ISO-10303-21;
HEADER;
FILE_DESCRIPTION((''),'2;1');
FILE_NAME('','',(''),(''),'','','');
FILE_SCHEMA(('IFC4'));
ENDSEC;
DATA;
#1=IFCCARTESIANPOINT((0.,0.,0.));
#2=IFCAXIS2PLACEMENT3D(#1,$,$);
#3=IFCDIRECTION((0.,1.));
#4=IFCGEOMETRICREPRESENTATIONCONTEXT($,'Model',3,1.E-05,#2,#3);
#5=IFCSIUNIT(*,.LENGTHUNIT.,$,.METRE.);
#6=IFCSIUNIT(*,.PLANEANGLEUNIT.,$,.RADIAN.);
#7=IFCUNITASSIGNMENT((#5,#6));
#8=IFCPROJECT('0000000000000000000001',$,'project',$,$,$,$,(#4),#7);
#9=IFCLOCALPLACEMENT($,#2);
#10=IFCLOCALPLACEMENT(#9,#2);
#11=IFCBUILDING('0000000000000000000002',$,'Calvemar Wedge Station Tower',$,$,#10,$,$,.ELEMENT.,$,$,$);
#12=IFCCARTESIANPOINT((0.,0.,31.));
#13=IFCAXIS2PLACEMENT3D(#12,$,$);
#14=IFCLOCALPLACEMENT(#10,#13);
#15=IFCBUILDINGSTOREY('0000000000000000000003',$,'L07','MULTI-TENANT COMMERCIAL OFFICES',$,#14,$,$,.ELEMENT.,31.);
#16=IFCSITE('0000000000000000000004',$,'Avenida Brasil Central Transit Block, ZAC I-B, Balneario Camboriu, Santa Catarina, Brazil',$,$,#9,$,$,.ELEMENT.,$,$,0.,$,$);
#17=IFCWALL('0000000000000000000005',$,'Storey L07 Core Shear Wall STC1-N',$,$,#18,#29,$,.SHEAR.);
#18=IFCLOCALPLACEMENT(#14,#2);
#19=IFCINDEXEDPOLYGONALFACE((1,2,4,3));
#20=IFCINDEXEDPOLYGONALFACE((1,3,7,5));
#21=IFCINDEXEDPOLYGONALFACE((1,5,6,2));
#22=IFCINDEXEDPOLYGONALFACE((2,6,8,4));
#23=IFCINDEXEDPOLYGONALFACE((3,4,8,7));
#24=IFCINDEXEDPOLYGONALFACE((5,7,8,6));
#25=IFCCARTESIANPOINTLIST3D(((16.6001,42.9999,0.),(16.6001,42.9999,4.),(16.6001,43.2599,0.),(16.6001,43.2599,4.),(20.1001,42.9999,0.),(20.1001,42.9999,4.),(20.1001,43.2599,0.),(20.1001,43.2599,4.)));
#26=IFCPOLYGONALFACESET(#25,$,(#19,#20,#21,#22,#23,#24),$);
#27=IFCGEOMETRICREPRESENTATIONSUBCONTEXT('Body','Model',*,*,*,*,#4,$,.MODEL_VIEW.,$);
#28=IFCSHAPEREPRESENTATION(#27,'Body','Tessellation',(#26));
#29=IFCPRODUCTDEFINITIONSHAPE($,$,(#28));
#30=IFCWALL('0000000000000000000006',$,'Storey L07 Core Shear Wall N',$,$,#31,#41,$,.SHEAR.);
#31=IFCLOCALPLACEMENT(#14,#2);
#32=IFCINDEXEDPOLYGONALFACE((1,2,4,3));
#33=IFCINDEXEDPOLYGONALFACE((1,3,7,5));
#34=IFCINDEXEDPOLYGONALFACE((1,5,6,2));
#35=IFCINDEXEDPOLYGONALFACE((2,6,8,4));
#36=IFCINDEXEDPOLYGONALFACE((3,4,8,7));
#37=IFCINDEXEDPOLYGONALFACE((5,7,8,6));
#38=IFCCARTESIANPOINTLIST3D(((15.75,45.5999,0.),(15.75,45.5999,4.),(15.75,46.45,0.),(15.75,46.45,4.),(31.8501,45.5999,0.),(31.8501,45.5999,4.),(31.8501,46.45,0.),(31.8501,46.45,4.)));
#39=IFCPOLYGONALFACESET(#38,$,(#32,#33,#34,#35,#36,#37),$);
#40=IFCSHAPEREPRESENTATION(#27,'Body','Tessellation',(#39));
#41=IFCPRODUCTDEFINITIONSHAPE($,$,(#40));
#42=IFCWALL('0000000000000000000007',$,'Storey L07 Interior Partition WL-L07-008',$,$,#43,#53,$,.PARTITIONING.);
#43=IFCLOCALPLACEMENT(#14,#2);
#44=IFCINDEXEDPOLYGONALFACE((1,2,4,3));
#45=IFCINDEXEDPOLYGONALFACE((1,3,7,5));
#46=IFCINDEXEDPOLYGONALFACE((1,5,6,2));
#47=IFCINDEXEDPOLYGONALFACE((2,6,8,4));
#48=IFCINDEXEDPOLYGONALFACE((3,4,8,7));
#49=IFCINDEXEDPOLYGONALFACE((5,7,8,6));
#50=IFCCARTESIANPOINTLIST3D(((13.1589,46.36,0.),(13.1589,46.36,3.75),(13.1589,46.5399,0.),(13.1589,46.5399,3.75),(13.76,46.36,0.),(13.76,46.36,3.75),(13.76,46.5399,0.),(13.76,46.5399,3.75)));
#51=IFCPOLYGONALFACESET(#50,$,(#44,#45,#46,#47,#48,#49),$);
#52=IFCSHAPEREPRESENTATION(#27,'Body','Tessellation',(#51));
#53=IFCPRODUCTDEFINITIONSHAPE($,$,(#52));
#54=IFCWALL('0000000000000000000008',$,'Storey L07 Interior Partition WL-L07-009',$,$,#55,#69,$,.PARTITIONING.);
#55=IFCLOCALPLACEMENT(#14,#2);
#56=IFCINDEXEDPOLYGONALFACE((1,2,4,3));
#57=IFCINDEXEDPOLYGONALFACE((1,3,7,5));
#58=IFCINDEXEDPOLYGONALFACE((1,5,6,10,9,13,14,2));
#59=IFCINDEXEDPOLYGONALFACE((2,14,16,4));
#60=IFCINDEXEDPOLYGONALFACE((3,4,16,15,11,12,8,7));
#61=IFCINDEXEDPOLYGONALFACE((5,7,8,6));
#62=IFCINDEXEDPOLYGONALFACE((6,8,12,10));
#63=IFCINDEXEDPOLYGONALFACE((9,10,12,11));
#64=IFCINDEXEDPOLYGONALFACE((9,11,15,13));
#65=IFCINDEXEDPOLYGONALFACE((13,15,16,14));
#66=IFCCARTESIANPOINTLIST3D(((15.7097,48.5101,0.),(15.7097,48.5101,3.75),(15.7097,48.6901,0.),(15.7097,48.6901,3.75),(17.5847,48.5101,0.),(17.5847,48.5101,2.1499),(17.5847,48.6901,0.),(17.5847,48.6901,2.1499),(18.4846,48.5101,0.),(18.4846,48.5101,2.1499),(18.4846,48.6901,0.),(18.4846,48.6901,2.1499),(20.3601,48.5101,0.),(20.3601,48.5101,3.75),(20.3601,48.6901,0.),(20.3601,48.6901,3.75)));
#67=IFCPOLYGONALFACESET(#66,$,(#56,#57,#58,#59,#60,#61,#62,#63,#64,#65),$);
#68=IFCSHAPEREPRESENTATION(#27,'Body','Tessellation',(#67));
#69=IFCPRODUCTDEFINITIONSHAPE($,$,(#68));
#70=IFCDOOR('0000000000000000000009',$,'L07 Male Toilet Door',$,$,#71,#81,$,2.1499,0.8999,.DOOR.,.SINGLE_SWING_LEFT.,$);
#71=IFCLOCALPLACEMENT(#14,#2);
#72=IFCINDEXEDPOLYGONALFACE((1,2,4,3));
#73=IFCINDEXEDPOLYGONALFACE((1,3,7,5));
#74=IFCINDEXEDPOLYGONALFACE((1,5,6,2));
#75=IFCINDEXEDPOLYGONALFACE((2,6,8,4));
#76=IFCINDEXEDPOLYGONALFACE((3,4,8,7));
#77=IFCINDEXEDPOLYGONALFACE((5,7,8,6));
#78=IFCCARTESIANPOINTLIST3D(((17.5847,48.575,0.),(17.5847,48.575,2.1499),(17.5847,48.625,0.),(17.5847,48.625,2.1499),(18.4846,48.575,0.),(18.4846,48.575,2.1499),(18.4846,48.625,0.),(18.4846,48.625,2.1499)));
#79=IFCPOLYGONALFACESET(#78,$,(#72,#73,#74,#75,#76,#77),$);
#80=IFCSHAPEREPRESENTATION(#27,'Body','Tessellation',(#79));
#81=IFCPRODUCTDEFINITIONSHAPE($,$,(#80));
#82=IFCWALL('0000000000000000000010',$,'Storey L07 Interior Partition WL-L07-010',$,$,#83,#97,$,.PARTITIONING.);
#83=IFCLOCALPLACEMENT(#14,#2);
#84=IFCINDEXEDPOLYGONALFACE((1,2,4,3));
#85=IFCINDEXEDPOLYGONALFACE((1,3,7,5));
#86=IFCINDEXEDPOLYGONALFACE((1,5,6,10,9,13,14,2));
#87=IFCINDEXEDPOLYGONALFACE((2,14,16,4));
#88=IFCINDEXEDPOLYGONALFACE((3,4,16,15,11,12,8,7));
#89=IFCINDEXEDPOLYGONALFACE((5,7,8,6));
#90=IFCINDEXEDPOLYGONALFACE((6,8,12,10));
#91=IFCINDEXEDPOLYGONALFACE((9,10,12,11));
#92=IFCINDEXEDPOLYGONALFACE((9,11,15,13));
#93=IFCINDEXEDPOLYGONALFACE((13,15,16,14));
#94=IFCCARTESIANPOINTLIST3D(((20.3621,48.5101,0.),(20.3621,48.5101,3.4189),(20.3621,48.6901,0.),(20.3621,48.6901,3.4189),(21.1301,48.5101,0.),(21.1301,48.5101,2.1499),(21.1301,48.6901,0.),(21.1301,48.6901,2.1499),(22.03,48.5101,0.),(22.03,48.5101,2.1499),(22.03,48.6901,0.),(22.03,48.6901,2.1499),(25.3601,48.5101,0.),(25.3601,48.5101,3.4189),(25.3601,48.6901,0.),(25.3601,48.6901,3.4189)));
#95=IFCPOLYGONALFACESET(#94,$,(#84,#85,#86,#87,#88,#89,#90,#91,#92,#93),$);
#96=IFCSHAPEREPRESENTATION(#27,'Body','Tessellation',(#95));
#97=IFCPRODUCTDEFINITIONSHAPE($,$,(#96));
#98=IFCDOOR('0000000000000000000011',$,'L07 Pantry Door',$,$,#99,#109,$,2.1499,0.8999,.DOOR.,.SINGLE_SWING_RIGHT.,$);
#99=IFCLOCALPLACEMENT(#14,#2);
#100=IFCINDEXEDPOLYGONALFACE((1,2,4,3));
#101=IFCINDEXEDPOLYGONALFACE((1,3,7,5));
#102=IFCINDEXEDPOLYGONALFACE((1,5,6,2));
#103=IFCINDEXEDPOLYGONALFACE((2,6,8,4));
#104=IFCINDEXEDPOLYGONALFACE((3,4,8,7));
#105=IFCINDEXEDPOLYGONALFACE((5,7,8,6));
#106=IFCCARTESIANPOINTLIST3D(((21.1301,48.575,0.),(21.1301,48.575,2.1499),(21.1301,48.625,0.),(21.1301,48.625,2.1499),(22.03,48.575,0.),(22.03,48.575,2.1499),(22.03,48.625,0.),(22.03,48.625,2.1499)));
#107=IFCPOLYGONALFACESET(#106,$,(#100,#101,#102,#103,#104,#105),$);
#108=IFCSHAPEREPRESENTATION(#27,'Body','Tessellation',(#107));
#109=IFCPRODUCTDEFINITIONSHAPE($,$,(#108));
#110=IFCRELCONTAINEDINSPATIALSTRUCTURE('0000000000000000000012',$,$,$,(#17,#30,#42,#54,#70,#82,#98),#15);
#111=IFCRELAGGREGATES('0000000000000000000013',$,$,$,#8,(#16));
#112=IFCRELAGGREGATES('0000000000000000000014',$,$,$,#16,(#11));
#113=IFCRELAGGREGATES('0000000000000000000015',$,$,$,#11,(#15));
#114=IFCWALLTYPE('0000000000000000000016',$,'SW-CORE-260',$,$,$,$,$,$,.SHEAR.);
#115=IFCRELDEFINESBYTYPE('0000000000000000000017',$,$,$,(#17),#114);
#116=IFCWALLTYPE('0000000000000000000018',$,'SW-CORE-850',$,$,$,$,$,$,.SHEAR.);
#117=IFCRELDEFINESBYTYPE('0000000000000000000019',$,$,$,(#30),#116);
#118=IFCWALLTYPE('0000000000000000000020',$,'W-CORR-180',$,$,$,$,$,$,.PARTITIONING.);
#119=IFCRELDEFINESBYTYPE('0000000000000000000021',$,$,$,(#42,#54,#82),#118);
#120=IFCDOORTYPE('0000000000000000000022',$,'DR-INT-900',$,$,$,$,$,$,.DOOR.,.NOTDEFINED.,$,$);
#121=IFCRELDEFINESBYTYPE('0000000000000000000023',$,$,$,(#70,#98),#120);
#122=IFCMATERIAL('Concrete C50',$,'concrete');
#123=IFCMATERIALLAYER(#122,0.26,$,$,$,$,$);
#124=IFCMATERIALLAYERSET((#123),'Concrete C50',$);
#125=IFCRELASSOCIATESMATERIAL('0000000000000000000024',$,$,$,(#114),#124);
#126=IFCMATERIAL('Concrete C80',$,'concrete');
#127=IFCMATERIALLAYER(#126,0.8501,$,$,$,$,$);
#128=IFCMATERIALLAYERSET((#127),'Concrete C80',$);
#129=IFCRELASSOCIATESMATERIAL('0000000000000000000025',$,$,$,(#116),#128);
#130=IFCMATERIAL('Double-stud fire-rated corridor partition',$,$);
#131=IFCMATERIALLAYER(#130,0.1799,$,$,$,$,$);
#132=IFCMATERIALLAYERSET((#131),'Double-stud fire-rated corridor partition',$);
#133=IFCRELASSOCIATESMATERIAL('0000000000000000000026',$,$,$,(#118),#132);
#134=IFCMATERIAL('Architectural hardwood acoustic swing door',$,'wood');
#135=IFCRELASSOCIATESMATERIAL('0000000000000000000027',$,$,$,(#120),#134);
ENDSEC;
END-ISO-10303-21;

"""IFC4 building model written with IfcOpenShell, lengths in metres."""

from ifc_helpers import new_model, si_unit, direction, frame, frame_2d, origin, place, context, subcontext, project, spatial, rectangle, extrude, source, transform, mapped, material, layer, layer_set, type_object, element, fill, save


model = new_model("IFC4")

# Units and contexts
model_context = context("Model", 3, precision=1e-05, world=origin(), true_north=direction((0.0, 1.0)))
body_context = subcontext(model_context, "Body", "Model", "MODEL_VIEW")
ifc_project = project(units=[si_unit("LENGTHUNIT", "METRE"), si_unit("PLANEANGLEUNIT", "RADIAN")], contexts=[model_context])

# Site, building, storey
site_placement = place(None, origin())
site = spatial("IfcSite", under=ifc_project, at=site_placement, Name="Avenida Brasil Central Transit Block, ZAC I-B, Balneario Camboriu, Santa Catarina, Brazil", CompositionType="ELEMENT", RefElevation=0.0)
building_placement = place(site_placement, origin())
building = spatial("IfcBuilding", under=site, at=building_placement, Name="Calvemar Wedge Station Tower", CompositionType="ELEMENT")
storey_placement = place(building_placement, frame((0.0, 0.0, 31.0)))
storey = spatial("IfcBuildingStorey", under=building, at=storey_placement, Name="L07", Description="MULTI-TENANT COMMERCIAL OFFICES", CompositionType="ELEMENT", Elevation=31.0)

# Walls
ifc_material_1 = material(Name="Concrete C50", Category="concrete")
ifc_layer_1 = layer(ifc_material_1, 0.26)
ifc_layer_set_1 = layer_set([ifc_layer_1], Name="Concrete C50")
wall_type_1 = type_object("IfcWallType", Name="SW-CORE-260", PredefinedType="SHEAR", material=ifc_layer_set_1)
wall_1_placement = place(storey_placement, frame((16.6001, 43.1299, 0.0), z_axis=(0.0, 0.0, 1.0), x_axis=(1.0, 0.0, 0.0)))
element("IfcWall", 1, at=wall_1_placement, inside=storey, type_object=wall_type_1, Name="Storey L07 Core Shear Wall STC1-N", PredefinedType="SHEAR", context=body_context, shape_type="SweptSolid", body=[
    extrude(rectangle(XDim=3.5, YDim=0.26, at=frame_2d((1.75, 0.0))), origin(), (0.0, 0.0, 1.0), 4.0),
])
ifc_material_2 = material(Name="Concrete C80", Category="concrete")
ifc_layer_2 = layer(ifc_material_2, 0.8501)
ifc_layer_set_2 = layer_set([ifc_layer_2], Name="Concrete C80")
wall_type_2 = type_object("IfcWallType", Name="SW-CORE-850", PredefinedType="SHEAR", material=ifc_layer_set_2)
wall_2_placement = place(storey_placement, frame((15.75, 46.0249, 0.0), z_axis=(0.0, 0.0, 1.0), x_axis=(1.0, 0.0, 0.0)))
element("IfcWall", 2, at=wall_2_placement, inside=storey, type_object=wall_type_2, Name="Storey L07 Core Shear Wall N", PredefinedType="SHEAR", context=body_context, shape_type="SweptSolid", body=[
    extrude(rectangle(XDim=16.1001, YDim=0.8501, at=frame_2d((8.05, 0.0))), origin(), (0.0, 0.0, 1.0), 4.0),
])
ifc_material_3 = material(Name="Double-stud fire-rated corridor partition")
ifc_layer_3 = layer(ifc_material_3, 0.1799)
ifc_layer_set_3 = layer_set([ifc_layer_3], Name="Double-stud fire-rated corridor partition")
wall_type_3 = type_object("IfcWallType", Name="W-CORR-180", PredefinedType="PARTITIONING", material=ifc_layer_set_3)
wall_3_placement = place(storey_placement, frame((13.76, 46.45, 0.0), z_axis=(0.0, 0.0, 1.0), x_axis=(-1.0, 0.0, 0.0)))
element("IfcWall", 3, at=wall_3_placement, inside=storey, type_object=wall_type_3, Name="Storey L07 Interior Partition WL-L07-008", PredefinedType="PARTITIONING", context=body_context, shape_type="SweptSolid", body=[
    extrude(rectangle(XDim=0.6011, YDim=0.1799, at=frame_2d((0.3005, 0.0))), origin(), (0.0, 0.0, 1.0), 3.75),
])

# Walls, openings, doors
wall_4_placement = place(storey_placement, frame((15.7097, 48.6001, 0.0), z_axis=(0.0, 0.0, 1.0), x_axis=(1.0, 0.0, 0.0)))
wall_4 = element("IfcWall", 4, at=wall_4_placement, inside=storey, type_object=wall_type_3, Name="Storey L07 Interior Partition WL-L07-009", PredefinedType="PARTITIONING", context=body_context, shape_type="SweptSolid", body=[
    extrude(rectangle(XDim=4.6504, YDim=0.1799, at=frame_2d((2.3252, 0.0))), origin(), (0.0, 0.0, 1.0), 3.75),
])
shared_shape_1 = source(origin(), body_context, "Body", "SweptSolid", [
    extrude(rectangle(XDim=0.8999, YDim=2.1499, at=frame_2d((0.45, 1.075))), frame((0.0, 0.1001, 0.0), z_axis=(0.0, -1.0, 0.0), x_axis=(1.0, 0.0, 0.0)), (0.0, 0.0, 1.0), 0.2),
])
opening_1_placement = place(wall_4_placement, frame((1.875, 0.0, 0.0)))
opening_1 = element("IfcOpeningElement", 5, at=opening_1_placement, cuts=wall_4, PredefinedType="OPENING", context=body_context, shape_type="MappedRepresentation", body=[
    mapped(shared_shape_1, transform((0.0, 0.0, 0.0), scale=1.0)),
])
ifc_material_4 = material(Name="Architectural hardwood acoustic swing door", Category="wood")
door_type_1 = type_object("IfcDoorType", Name="DR-INT-900", OperationType="NOTDEFINED", PredefinedType="DOOR", material=ifc_material_4)
shared_shape_2 = source(origin(), body_context, "Body", "SweptSolid", [
    extrude(rectangle(XDim=0.8999, YDim=2.1499, at=frame_2d((0.45, 1.075))), frame((0.0, 0.0249, 0.0), z_axis=(0.0, -1.0, 0.0), x_axis=(1.0, 0.0, 0.0)), (0.0, 0.0, 1.0), 0.05),
])
door_1_placement = place(opening_1_placement, origin())
door_1 = element("IfcDoor", 6, at=door_1_placement, inside=storey, type_object=door_type_1, Name="L07 Male Toilet Door", OperationType="SINGLE_SWING_LEFT", OverallHeight=2.1499, OverallWidth=0.8999, PredefinedType="DOOR", context=body_context, shape_type="MappedRepresentation", body=[
    mapped(shared_shape_2, transform((0.0, 0.0, 0.0), scale=1.0)),
])
fill(opening_1, door_1)
wall_5_placement = place(storey_placement, frame((20.3621, 48.6001, 0.0), z_axis=(0.0, 0.0, 1.0), x_axis=(1.0, 0.0, 0.0)))
wall_5 = element("IfcWall", 7, at=wall_5_placement, inside=storey, type_object=wall_type_3, Name="Storey L07 Interior Partition WL-L07-010", PredefinedType="PARTITIONING", context=body_context, shape_type="SweptSolid", body=[
    extrude(rectangle(XDim=4.998, YDim=0.1799, at=frame_2d((2.499, 0.0))), origin(), (0.0, 0.0, 1.0), 3.4189),
])
opening_2_placement = place(wall_5_placement, frame((0.7681, 0.0, 0.0)))
opening_2 = element("IfcOpeningElement", 8, at=opening_2_placement, cuts=wall_5, PredefinedType="OPENING", context=body_context, shape_type="MappedRepresentation", body=[
    mapped(shared_shape_1, transform((0.0, 0.0, 0.0), scale=1.0)),
])
door_2_placement = place(opening_2_placement, origin())
door_2 = element("IfcDoor", 9, at=door_2_placement, inside=storey, type_object=door_type_1, Name="L07 Pantry Door", OperationType="SINGLE_SWING_RIGHT", OverallHeight=2.1499, OverallWidth=0.8999, PredefinedType="DOOR", context=body_context, shape_type="MappedRepresentation", body=[
    mapped(shared_shape_2, transform((0.0, 0.0, 0.0), scale=1.0)),
])
fill(opening_2, door_2)

save(model, "model.ifc")
